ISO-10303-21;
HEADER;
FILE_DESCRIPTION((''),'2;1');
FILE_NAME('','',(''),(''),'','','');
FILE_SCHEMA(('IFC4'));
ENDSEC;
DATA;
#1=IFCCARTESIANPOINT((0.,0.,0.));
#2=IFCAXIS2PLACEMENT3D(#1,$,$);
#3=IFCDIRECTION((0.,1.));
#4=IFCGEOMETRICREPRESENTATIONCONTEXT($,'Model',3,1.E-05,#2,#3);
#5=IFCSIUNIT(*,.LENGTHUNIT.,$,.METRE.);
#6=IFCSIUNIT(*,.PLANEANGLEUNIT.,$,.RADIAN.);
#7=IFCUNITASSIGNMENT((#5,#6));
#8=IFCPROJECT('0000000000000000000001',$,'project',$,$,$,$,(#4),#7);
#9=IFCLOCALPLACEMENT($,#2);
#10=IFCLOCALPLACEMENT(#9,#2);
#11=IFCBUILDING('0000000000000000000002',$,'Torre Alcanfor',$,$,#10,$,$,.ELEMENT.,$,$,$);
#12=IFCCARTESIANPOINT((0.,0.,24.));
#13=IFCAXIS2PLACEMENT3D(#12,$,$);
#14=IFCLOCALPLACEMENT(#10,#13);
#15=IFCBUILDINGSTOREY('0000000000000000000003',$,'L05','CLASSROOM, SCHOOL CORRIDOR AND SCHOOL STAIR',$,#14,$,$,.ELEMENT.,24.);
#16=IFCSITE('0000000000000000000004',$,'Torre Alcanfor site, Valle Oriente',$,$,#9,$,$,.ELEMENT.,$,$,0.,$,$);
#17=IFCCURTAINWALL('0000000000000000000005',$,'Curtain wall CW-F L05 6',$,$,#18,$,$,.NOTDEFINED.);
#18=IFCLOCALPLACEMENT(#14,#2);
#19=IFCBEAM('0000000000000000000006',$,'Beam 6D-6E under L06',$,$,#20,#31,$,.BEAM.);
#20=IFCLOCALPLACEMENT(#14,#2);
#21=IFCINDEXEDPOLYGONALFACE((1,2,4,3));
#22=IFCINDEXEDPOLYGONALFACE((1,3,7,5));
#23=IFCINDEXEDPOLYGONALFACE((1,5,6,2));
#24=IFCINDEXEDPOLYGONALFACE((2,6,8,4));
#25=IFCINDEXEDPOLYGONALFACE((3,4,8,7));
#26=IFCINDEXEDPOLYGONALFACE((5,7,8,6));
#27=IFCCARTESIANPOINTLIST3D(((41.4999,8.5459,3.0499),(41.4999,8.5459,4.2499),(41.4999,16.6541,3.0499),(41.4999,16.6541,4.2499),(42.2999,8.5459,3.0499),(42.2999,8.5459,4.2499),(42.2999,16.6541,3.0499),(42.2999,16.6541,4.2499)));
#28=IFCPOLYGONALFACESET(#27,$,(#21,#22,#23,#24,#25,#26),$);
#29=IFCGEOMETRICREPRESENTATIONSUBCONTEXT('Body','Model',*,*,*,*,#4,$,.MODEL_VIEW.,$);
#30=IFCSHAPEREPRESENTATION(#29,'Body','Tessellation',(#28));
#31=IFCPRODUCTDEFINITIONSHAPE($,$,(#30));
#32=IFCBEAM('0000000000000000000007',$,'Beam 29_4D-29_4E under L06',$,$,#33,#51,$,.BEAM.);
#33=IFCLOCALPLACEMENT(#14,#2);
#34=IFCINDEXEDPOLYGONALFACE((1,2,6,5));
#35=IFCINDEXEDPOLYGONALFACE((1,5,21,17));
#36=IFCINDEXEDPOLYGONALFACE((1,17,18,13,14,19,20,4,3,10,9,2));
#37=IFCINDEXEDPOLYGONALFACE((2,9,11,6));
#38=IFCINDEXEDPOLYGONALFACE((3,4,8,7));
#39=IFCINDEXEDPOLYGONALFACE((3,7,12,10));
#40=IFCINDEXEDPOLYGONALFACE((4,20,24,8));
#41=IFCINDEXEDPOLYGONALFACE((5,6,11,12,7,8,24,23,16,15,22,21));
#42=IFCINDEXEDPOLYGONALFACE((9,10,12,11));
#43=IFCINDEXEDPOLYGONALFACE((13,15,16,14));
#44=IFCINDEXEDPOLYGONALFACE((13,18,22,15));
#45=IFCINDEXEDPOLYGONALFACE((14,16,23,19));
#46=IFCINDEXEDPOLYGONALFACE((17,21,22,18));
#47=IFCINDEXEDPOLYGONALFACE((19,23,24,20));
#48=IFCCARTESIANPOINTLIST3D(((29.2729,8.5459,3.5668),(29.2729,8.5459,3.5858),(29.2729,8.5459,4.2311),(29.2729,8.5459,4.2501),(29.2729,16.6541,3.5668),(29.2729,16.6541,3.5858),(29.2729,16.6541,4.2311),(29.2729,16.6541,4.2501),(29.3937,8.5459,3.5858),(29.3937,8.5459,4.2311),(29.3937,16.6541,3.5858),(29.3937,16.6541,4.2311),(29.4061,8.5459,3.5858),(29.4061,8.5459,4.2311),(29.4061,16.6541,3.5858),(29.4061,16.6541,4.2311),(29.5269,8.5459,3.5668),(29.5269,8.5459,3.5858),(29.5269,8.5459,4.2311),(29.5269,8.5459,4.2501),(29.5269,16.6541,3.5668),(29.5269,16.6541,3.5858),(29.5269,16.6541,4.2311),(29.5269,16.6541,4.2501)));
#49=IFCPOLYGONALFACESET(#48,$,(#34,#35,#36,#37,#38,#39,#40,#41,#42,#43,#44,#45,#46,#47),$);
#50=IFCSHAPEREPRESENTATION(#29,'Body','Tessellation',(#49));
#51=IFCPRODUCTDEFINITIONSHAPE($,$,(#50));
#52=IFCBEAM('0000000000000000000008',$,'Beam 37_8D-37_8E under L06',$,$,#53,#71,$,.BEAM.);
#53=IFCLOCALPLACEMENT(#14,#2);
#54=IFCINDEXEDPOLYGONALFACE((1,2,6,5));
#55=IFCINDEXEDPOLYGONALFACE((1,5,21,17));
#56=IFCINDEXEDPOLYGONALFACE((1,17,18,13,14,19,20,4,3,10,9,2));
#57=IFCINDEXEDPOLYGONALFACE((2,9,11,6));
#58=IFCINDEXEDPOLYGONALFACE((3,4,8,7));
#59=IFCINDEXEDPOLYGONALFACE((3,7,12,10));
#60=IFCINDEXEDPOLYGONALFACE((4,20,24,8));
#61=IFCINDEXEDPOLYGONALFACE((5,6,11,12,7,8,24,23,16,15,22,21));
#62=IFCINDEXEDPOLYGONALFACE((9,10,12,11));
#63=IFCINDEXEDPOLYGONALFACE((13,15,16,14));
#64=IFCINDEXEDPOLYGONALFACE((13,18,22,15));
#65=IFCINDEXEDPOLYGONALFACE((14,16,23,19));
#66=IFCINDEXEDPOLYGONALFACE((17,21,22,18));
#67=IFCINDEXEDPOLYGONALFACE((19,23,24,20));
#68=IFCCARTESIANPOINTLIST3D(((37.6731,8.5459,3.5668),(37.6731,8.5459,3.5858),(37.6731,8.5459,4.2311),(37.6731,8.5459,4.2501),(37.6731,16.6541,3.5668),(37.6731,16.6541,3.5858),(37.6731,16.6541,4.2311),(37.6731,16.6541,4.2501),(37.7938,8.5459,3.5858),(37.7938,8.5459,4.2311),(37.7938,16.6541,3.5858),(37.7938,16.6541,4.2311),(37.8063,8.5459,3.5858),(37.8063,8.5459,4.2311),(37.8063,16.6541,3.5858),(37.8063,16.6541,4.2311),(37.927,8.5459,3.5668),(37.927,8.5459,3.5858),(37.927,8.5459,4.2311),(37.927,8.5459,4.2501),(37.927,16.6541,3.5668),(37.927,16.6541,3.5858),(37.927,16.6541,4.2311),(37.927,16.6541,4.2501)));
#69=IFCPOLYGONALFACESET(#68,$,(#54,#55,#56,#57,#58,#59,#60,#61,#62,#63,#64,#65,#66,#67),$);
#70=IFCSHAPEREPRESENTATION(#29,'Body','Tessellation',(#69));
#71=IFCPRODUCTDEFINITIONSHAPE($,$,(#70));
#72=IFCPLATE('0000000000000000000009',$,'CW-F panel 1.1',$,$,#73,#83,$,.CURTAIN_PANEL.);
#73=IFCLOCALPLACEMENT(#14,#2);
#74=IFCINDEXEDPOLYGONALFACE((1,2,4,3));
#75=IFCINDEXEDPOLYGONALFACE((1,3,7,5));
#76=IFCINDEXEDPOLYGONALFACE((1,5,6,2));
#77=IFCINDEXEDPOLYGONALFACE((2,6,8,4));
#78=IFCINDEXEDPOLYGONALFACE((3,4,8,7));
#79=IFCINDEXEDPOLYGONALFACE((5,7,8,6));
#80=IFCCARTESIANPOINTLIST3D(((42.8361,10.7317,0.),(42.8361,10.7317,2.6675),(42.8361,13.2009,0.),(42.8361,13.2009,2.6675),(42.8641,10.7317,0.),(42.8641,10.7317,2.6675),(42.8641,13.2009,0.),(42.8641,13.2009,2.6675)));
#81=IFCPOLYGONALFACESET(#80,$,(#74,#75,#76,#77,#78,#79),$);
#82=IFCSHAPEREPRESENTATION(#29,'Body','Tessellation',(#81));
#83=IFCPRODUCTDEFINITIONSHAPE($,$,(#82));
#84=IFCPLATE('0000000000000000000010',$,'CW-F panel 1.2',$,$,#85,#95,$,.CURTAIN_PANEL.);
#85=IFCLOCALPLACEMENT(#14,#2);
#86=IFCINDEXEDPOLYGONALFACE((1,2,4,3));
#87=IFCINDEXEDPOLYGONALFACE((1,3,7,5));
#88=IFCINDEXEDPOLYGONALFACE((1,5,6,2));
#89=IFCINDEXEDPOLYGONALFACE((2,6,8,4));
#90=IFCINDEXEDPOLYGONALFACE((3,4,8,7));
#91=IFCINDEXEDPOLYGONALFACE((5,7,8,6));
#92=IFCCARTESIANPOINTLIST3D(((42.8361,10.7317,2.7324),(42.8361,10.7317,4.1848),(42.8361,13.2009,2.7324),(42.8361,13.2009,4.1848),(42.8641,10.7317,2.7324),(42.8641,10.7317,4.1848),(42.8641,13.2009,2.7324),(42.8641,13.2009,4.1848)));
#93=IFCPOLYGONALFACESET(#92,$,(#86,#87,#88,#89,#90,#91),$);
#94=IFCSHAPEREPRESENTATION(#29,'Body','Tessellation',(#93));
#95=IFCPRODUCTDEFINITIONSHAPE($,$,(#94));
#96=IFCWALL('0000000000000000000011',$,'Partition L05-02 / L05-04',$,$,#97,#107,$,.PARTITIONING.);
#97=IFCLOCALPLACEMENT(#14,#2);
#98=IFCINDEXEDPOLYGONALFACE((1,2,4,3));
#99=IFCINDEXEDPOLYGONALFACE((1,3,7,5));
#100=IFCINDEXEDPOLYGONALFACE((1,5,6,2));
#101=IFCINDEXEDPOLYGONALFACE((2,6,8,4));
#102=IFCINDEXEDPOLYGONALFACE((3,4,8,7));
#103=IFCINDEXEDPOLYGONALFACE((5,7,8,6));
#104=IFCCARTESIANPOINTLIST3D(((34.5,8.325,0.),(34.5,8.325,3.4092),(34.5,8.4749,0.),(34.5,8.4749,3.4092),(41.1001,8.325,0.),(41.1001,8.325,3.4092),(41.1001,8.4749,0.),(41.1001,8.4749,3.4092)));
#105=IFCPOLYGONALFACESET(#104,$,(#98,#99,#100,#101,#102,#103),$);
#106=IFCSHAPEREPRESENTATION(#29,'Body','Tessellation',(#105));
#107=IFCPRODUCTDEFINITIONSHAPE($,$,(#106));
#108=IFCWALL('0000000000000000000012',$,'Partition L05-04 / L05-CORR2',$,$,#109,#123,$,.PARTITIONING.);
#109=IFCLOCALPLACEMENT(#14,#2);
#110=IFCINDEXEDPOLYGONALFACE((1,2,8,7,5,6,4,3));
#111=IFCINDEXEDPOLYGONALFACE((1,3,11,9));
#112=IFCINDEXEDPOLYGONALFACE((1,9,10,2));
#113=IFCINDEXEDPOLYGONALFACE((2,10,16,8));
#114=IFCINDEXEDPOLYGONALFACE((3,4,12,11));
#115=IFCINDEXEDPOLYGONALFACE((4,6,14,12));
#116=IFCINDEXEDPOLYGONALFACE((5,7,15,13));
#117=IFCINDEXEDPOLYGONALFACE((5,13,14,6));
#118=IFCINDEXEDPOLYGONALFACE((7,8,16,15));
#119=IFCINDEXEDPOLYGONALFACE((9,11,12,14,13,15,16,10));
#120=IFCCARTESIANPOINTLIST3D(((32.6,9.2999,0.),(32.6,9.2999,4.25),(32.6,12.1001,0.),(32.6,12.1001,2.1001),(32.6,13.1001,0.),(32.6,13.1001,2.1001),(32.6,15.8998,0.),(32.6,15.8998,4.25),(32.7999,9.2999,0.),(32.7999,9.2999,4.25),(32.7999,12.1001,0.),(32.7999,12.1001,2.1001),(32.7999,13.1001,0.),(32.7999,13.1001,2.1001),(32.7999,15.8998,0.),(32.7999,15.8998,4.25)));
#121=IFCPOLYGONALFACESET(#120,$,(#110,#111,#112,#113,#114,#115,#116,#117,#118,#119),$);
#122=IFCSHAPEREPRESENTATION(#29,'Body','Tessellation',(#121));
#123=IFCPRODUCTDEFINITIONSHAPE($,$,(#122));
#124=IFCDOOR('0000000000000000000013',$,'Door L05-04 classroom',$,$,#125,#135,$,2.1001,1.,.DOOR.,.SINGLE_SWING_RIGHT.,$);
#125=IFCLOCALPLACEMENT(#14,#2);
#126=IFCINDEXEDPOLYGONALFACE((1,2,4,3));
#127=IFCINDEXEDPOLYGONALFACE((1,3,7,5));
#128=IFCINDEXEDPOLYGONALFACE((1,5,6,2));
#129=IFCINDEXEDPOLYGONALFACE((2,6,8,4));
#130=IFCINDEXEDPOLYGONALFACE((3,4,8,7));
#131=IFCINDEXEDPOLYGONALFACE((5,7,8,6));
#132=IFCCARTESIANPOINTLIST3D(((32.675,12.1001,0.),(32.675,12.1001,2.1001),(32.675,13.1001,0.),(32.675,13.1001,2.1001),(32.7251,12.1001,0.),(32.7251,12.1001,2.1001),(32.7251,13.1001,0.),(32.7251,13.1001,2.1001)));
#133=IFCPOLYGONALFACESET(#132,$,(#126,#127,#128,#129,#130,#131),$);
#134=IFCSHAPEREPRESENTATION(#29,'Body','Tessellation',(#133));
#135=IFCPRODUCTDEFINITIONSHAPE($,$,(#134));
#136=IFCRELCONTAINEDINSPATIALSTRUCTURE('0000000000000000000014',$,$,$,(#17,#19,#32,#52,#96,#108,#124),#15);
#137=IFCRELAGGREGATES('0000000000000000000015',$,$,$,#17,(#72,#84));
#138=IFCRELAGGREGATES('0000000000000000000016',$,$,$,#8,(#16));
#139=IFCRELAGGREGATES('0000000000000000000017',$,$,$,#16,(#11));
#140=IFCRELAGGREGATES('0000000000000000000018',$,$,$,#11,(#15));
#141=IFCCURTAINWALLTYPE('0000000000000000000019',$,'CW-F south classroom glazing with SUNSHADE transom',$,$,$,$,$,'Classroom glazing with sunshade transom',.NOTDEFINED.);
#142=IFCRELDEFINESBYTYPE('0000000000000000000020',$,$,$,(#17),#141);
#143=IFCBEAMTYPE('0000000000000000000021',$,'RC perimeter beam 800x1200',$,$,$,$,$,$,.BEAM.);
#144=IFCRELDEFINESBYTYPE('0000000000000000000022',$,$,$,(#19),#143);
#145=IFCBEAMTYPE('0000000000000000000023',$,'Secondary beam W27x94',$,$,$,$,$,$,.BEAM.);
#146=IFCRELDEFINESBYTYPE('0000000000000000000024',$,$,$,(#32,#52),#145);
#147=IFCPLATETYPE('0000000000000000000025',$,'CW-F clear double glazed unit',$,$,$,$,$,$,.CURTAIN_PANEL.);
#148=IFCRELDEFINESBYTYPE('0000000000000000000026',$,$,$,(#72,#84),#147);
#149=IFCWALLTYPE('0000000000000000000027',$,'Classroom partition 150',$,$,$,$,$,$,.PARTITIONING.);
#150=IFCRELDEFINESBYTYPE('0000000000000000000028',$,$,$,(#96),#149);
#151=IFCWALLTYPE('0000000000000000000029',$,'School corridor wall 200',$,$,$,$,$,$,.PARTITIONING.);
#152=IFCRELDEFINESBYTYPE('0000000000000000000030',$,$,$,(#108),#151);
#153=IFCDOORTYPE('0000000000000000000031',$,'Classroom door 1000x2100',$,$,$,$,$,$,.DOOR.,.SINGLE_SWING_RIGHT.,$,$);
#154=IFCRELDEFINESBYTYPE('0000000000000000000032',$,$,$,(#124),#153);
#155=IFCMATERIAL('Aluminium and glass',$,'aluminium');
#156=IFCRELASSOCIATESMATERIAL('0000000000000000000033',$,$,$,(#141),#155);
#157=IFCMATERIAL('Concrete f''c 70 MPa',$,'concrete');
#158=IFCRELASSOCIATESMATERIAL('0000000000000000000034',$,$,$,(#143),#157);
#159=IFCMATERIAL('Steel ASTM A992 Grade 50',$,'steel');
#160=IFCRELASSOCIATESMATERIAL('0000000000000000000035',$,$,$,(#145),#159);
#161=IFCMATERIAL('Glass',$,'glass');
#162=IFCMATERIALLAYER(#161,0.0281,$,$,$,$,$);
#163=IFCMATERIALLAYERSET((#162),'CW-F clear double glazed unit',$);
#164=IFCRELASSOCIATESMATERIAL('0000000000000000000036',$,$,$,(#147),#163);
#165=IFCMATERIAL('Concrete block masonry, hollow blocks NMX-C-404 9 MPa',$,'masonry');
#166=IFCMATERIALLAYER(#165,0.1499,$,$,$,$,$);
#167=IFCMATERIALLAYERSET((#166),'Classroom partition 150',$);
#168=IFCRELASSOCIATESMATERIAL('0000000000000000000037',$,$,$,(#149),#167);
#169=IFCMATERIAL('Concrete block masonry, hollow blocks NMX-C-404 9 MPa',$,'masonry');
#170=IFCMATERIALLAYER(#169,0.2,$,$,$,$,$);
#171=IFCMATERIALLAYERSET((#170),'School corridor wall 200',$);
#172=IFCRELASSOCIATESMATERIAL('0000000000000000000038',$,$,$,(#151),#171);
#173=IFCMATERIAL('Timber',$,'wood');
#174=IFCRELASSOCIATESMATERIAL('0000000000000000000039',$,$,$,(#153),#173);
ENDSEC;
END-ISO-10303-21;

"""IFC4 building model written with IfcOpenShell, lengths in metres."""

from ifc_helpers import new_model, si_unit, direction, frame, frame_2d, origin, origin_2d, place, context, subcontext, project, spatial, rectangle, i_section, extrude, material, layer, layer_set, material_profile, profile_set, type_object, element, fill, aggregate, save


model = new_model("IFC4")

# Units and contexts
model_context = context("Model", 3, precision=1e-05, world=origin(), true_north=direction((0.0, 1.0)))
body_context = subcontext(model_context, "Body", "Model", "MODEL_VIEW")
ifc_project = project(units=[si_unit("LENGTHUNIT", "METRE"), si_unit("PLANEANGLEUNIT", "RADIAN")], contexts=[model_context])

# Site, building, storey
site_placement = place(None, origin())
site = spatial("IfcSite", under=ifc_project, at=site_placement, Name="Torre Alcanfor site, Valle Oriente", CompositionType="ELEMENT", RefElevation=0.0)
building_placement = place(site_placement, origin())
building = spatial("IfcBuilding", under=site, at=building_placement, Name="Torre Alcanfor", CompositionType="ELEMENT")
storey_placement = place(building_placement, frame((0.0, 0.0, 24.0)))
storey = spatial("IfcBuildingStorey", under=building, at=storey_placement, Name="L05", Description="CLASSROOM, SCHOOL CORRIDOR AND SCHOOL STAIR", CompositionType="ELEMENT", Elevation=24.0)

# Curtain wall
ifc_material_1 = material(Name="Aluminium and glass", Category="aluminium")
curtain_wall_type = type_object("IfcCurtainWallType", Name="CW-F south classroom glazing with SUNSHADE transom", ElementType="Classroom glazing with sunshade transom", PredefinedType="NOTDEFINED", material=ifc_material_1)
curtain_wall_placement = place(storey_placement, origin())
curtain_wall = element("IfcCurtainWall", 1, at=curtain_wall_placement, inside=storey, type_object=curtain_wall_type, Name="Curtain wall CW-F L05 6", PredefinedType="NOTDEFINED")

# Beams
ifc_material_2 = material(Name="Concrete f'c 70 MPa", Category="concrete")
ifc_material_profile_1 = material_profile(ifc_material_2, rectangle(XDim=0.8, YDim=1.2, at=origin_2d()), Name="800x1200")
ifc_profile_set_1 = profile_set([ifc_material_profile_1], Name="Concrete f'c 70 MPa")
beam_type_1 = type_object("IfcBeamType", Name="RC perimeter beam 800x1200", PredefinedType="BEAM", material=ifc_profile_set_1)
beam_1_placement = place(storey_placement, frame((41.8999, 8.5459, 3.6499), z_axis=(0.0, 1.0, 0.0), x_axis=(-1.0, 0.0, 0.0)))
element("IfcBeam", 2, at=beam_1_placement, inside=storey, type_object=beam_type_1, Name="Beam 6D-6E under L06", PredefinedType="BEAM", context=body_context, shape_type="SweptSolid", body=[
    extrude(rectangle(XDim=0.8, YDim=1.2, at=origin_2d()), origin(), (0.0, 0.0, 1.0), 8.1082),
])
ifc_material_3 = material(Name="Steel ASTM A992 Grade 50", Category="steel")
ifc_material_profile_2 = material_profile(ifc_material_3, i_section(OverallWidth=0.2539, OverallDepth=0.6833, WebThickness=0.0125, FlangeThickness=0.019, at=origin_2d()), Name="W27x94")
ifc_profile_set_2 = profile_set([ifc_material_profile_2], Name="Steel ASTM A992 Grade 50")
beam_type_2 = type_object("IfcBeamType", Name="Secondary beam W27x94", PredefinedType="BEAM", material=ifc_profile_set_2)
for number, where, z_axis, x_axis, name in (
    (3, (29.3999, 8.5459, 3.9084), (0.0, 1.0, 0.0), (-1.0, 0.0, 0.0), "Beam 29_4D-29_4E under L06"),
    (4, (37.8, 8.5459, 3.9084), (0.0, 1.0, 0.0), (-1.0, 0.0, 0.0), "Beam 37_8D-37_8E under L06"),
):
    element("IfcBeam", number, at=place(storey_placement, frame(where, z_axis=z_axis, x_axis=x_axis)), inside=storey, type_object=beam_type_2, Name=name, PredefinedType="BEAM", context=body_context, shape_type="SweptSolid", body=[
        extrude(i_section(OverallWidth=0.2539, OverallDepth=0.6833, WebThickness=0.0125, FlangeThickness=0.019, at=origin_2d()), origin(), (0.0, 0.0, 1.0), 8.1082),
    ])

# Plates
ifc_material_4 = material(Name="Glass", Category="glass")
ifc_layer_1 = layer(ifc_material_4, 0.0281)
ifc_layer_set_1 = layer_set([ifc_layer_1], Name="CW-F clear double glazed unit")
plate_type = type_object("IfcPlateType", Name="CW-F clear double glazed unit", PredefinedType="CURTAIN_PANEL", material=ifc_layer_set_1)
plate_1_placement = place(storey_placement, frame((42.8501, 11.9663, 0.0), z_axis=(0.0, 0.0, 1.0), x_axis=(0.0, 1.0, 0.0)))
plate_1 = element("IfcPlate", 5, at=plate_1_placement, type_object=plate_type, Name="CW-F panel 1.1", PredefinedType="CURTAIN_PANEL", context=body_context, shape_type="SweptSolid", body=[
    extrude(rectangle(XDim=2.4692, YDim=0.0281, at=origin_2d()), origin(), (0.0, 0.0, 1.0), 2.6675),
])
plate_2_placement = place(storey_placement, frame((42.8501, 11.9663, 2.7324), z_axis=(0.0, 0.0, 1.0), x_axis=(0.0, 1.0, 0.0)))
plate_2 = element("IfcPlate", 6, at=plate_2_placement, type_object=plate_type, Name="CW-F panel 1.2", PredefinedType="CURTAIN_PANEL", context=body_context, shape_type="SweptSolid", body=[
    extrude(rectangle(XDim=2.4692, YDim=0.0281, at=origin_2d()), origin(), (0.0, 0.0, 1.0), 1.4524),
])
aggregate(curtain_wall, [plate_1, plate_2])

# Wall
ifc_material_5 = material(Name="Concrete block masonry, hollow blocks NMX-C-404 9 MPa", Category="masonry")
ifc_layer_2 = layer(ifc_material_5, 0.1499)
ifc_layer_set_2 = layer_set([ifc_layer_2], Name="Classroom partition 150")
wall_type_1 = type_object("IfcWallType", Name="Classroom partition 150", PredefinedType="PARTITIONING", material=ifc_layer_set_2)
wall_1_placement = place(storey_placement, frame((34.5, 8.3999, 0.0), z_axis=(0.0, 0.0, 1.0), x_axis=(1.0, 0.0, 0.0)))
element("IfcWall", 7, at=wall_1_placement, inside=storey, type_object=wall_type_1, Name="Partition L05-02 / L05-04", PredefinedType="PARTITIONING", context=body_context, shape_type="SweptSolid", body=[
    extrude(rectangle(XDim=6.6001, YDim=0.1499, at=frame_2d((3.3, 0.0))), origin(), (0.0, 0.0, 1.0), 3.4092),
])

# Wall, opening, door
ifc_material_6 = material(Name="Concrete block masonry, hollow blocks NMX-C-404 9 MPa", Category="masonry")
ifc_layer_3 = layer(ifc_material_6, 0.2)
ifc_layer_set_3 = layer_set([ifc_layer_3], Name="School corridor wall 200")
wall_type_2 = type_object("IfcWallType", Name="School corridor wall 200", PredefinedType="PARTITIONING", material=ifc_layer_set_3)
wall_2_placement = place(storey_placement, frame((32.7, 9.3, 0.0), z_axis=(0.0, 0.0, 1.0), x_axis=(0.0, 1.0, 0.0)))
wall_2 = element("IfcWall", 8, at=wall_2_placement, inside=storey, type_object=wall_type_2, Name="Partition L05-04 / L05-CORR2", PredefinedType="PARTITIONING", context=body_context, shape_type="SweptSolid", body=[
    extrude(rectangle(XDim=6.5999, YDim=0.2, at=frame_2d((3.2998, 0.0))), origin(), (0.0, 0.0, 1.0), 4.25),
])
opening_placement = place(wall_2_placement, frame((2.8, 0.0, 0.0)))
opening = element("IfcOpeningElement", 9, at=opening_placement, cuts=wall_2, PredefinedType="OPENING", context=body_context, shape_type="SweptSolid", body=[
    extrude(rectangle(XDim=1.0, YDim=2.1001, at=frame_2d((0.5, 1.05))), frame((0.0, 0.1099, 0.0), z_axis=(0.0, -1.0, 0.0), x_axis=(1.0, 0.0, 0.0)), (0.0, 0.0, 1.0), 0.22),
])
ifc_material_7 = material(Name="Timber", Category="wood")
door_type = type_object("IfcDoorType", Name="Classroom door 1000x2100", OperationType="SINGLE_SWING_RIGHT", PredefinedType="DOOR", material=ifc_material_7)
door_placement = place(opening_placement, frame((1.0, 0.0, 0.0), z_axis=(0.0, 0.0, 1.0), x_axis=(-1.0, 0.0, 0.0)))
door = element("IfcDoor", 10, at=door_placement, inside=storey, type_object=door_type, Name="Door L05-04 classroom", OperationType="SINGLE_SWING_RIGHT", OverallHeight=2.1001, OverallWidth=1.0, PredefinedType="DOOR", context=body_context, shape_type="SweptSolid", body=[
    extrude(rectangle(XDim=1.0, YDim=2.1001, at=frame_2d((0.5, 1.05))), frame((0.0, 0.0251, 0.0), z_axis=(0.0, -1.0, 0.0), x_axis=(1.0, 0.0, 0.0)), (0.0, 0.0, 1.0), 0.05),
])
fill(opening, door)

save(model, "model.ifc")
